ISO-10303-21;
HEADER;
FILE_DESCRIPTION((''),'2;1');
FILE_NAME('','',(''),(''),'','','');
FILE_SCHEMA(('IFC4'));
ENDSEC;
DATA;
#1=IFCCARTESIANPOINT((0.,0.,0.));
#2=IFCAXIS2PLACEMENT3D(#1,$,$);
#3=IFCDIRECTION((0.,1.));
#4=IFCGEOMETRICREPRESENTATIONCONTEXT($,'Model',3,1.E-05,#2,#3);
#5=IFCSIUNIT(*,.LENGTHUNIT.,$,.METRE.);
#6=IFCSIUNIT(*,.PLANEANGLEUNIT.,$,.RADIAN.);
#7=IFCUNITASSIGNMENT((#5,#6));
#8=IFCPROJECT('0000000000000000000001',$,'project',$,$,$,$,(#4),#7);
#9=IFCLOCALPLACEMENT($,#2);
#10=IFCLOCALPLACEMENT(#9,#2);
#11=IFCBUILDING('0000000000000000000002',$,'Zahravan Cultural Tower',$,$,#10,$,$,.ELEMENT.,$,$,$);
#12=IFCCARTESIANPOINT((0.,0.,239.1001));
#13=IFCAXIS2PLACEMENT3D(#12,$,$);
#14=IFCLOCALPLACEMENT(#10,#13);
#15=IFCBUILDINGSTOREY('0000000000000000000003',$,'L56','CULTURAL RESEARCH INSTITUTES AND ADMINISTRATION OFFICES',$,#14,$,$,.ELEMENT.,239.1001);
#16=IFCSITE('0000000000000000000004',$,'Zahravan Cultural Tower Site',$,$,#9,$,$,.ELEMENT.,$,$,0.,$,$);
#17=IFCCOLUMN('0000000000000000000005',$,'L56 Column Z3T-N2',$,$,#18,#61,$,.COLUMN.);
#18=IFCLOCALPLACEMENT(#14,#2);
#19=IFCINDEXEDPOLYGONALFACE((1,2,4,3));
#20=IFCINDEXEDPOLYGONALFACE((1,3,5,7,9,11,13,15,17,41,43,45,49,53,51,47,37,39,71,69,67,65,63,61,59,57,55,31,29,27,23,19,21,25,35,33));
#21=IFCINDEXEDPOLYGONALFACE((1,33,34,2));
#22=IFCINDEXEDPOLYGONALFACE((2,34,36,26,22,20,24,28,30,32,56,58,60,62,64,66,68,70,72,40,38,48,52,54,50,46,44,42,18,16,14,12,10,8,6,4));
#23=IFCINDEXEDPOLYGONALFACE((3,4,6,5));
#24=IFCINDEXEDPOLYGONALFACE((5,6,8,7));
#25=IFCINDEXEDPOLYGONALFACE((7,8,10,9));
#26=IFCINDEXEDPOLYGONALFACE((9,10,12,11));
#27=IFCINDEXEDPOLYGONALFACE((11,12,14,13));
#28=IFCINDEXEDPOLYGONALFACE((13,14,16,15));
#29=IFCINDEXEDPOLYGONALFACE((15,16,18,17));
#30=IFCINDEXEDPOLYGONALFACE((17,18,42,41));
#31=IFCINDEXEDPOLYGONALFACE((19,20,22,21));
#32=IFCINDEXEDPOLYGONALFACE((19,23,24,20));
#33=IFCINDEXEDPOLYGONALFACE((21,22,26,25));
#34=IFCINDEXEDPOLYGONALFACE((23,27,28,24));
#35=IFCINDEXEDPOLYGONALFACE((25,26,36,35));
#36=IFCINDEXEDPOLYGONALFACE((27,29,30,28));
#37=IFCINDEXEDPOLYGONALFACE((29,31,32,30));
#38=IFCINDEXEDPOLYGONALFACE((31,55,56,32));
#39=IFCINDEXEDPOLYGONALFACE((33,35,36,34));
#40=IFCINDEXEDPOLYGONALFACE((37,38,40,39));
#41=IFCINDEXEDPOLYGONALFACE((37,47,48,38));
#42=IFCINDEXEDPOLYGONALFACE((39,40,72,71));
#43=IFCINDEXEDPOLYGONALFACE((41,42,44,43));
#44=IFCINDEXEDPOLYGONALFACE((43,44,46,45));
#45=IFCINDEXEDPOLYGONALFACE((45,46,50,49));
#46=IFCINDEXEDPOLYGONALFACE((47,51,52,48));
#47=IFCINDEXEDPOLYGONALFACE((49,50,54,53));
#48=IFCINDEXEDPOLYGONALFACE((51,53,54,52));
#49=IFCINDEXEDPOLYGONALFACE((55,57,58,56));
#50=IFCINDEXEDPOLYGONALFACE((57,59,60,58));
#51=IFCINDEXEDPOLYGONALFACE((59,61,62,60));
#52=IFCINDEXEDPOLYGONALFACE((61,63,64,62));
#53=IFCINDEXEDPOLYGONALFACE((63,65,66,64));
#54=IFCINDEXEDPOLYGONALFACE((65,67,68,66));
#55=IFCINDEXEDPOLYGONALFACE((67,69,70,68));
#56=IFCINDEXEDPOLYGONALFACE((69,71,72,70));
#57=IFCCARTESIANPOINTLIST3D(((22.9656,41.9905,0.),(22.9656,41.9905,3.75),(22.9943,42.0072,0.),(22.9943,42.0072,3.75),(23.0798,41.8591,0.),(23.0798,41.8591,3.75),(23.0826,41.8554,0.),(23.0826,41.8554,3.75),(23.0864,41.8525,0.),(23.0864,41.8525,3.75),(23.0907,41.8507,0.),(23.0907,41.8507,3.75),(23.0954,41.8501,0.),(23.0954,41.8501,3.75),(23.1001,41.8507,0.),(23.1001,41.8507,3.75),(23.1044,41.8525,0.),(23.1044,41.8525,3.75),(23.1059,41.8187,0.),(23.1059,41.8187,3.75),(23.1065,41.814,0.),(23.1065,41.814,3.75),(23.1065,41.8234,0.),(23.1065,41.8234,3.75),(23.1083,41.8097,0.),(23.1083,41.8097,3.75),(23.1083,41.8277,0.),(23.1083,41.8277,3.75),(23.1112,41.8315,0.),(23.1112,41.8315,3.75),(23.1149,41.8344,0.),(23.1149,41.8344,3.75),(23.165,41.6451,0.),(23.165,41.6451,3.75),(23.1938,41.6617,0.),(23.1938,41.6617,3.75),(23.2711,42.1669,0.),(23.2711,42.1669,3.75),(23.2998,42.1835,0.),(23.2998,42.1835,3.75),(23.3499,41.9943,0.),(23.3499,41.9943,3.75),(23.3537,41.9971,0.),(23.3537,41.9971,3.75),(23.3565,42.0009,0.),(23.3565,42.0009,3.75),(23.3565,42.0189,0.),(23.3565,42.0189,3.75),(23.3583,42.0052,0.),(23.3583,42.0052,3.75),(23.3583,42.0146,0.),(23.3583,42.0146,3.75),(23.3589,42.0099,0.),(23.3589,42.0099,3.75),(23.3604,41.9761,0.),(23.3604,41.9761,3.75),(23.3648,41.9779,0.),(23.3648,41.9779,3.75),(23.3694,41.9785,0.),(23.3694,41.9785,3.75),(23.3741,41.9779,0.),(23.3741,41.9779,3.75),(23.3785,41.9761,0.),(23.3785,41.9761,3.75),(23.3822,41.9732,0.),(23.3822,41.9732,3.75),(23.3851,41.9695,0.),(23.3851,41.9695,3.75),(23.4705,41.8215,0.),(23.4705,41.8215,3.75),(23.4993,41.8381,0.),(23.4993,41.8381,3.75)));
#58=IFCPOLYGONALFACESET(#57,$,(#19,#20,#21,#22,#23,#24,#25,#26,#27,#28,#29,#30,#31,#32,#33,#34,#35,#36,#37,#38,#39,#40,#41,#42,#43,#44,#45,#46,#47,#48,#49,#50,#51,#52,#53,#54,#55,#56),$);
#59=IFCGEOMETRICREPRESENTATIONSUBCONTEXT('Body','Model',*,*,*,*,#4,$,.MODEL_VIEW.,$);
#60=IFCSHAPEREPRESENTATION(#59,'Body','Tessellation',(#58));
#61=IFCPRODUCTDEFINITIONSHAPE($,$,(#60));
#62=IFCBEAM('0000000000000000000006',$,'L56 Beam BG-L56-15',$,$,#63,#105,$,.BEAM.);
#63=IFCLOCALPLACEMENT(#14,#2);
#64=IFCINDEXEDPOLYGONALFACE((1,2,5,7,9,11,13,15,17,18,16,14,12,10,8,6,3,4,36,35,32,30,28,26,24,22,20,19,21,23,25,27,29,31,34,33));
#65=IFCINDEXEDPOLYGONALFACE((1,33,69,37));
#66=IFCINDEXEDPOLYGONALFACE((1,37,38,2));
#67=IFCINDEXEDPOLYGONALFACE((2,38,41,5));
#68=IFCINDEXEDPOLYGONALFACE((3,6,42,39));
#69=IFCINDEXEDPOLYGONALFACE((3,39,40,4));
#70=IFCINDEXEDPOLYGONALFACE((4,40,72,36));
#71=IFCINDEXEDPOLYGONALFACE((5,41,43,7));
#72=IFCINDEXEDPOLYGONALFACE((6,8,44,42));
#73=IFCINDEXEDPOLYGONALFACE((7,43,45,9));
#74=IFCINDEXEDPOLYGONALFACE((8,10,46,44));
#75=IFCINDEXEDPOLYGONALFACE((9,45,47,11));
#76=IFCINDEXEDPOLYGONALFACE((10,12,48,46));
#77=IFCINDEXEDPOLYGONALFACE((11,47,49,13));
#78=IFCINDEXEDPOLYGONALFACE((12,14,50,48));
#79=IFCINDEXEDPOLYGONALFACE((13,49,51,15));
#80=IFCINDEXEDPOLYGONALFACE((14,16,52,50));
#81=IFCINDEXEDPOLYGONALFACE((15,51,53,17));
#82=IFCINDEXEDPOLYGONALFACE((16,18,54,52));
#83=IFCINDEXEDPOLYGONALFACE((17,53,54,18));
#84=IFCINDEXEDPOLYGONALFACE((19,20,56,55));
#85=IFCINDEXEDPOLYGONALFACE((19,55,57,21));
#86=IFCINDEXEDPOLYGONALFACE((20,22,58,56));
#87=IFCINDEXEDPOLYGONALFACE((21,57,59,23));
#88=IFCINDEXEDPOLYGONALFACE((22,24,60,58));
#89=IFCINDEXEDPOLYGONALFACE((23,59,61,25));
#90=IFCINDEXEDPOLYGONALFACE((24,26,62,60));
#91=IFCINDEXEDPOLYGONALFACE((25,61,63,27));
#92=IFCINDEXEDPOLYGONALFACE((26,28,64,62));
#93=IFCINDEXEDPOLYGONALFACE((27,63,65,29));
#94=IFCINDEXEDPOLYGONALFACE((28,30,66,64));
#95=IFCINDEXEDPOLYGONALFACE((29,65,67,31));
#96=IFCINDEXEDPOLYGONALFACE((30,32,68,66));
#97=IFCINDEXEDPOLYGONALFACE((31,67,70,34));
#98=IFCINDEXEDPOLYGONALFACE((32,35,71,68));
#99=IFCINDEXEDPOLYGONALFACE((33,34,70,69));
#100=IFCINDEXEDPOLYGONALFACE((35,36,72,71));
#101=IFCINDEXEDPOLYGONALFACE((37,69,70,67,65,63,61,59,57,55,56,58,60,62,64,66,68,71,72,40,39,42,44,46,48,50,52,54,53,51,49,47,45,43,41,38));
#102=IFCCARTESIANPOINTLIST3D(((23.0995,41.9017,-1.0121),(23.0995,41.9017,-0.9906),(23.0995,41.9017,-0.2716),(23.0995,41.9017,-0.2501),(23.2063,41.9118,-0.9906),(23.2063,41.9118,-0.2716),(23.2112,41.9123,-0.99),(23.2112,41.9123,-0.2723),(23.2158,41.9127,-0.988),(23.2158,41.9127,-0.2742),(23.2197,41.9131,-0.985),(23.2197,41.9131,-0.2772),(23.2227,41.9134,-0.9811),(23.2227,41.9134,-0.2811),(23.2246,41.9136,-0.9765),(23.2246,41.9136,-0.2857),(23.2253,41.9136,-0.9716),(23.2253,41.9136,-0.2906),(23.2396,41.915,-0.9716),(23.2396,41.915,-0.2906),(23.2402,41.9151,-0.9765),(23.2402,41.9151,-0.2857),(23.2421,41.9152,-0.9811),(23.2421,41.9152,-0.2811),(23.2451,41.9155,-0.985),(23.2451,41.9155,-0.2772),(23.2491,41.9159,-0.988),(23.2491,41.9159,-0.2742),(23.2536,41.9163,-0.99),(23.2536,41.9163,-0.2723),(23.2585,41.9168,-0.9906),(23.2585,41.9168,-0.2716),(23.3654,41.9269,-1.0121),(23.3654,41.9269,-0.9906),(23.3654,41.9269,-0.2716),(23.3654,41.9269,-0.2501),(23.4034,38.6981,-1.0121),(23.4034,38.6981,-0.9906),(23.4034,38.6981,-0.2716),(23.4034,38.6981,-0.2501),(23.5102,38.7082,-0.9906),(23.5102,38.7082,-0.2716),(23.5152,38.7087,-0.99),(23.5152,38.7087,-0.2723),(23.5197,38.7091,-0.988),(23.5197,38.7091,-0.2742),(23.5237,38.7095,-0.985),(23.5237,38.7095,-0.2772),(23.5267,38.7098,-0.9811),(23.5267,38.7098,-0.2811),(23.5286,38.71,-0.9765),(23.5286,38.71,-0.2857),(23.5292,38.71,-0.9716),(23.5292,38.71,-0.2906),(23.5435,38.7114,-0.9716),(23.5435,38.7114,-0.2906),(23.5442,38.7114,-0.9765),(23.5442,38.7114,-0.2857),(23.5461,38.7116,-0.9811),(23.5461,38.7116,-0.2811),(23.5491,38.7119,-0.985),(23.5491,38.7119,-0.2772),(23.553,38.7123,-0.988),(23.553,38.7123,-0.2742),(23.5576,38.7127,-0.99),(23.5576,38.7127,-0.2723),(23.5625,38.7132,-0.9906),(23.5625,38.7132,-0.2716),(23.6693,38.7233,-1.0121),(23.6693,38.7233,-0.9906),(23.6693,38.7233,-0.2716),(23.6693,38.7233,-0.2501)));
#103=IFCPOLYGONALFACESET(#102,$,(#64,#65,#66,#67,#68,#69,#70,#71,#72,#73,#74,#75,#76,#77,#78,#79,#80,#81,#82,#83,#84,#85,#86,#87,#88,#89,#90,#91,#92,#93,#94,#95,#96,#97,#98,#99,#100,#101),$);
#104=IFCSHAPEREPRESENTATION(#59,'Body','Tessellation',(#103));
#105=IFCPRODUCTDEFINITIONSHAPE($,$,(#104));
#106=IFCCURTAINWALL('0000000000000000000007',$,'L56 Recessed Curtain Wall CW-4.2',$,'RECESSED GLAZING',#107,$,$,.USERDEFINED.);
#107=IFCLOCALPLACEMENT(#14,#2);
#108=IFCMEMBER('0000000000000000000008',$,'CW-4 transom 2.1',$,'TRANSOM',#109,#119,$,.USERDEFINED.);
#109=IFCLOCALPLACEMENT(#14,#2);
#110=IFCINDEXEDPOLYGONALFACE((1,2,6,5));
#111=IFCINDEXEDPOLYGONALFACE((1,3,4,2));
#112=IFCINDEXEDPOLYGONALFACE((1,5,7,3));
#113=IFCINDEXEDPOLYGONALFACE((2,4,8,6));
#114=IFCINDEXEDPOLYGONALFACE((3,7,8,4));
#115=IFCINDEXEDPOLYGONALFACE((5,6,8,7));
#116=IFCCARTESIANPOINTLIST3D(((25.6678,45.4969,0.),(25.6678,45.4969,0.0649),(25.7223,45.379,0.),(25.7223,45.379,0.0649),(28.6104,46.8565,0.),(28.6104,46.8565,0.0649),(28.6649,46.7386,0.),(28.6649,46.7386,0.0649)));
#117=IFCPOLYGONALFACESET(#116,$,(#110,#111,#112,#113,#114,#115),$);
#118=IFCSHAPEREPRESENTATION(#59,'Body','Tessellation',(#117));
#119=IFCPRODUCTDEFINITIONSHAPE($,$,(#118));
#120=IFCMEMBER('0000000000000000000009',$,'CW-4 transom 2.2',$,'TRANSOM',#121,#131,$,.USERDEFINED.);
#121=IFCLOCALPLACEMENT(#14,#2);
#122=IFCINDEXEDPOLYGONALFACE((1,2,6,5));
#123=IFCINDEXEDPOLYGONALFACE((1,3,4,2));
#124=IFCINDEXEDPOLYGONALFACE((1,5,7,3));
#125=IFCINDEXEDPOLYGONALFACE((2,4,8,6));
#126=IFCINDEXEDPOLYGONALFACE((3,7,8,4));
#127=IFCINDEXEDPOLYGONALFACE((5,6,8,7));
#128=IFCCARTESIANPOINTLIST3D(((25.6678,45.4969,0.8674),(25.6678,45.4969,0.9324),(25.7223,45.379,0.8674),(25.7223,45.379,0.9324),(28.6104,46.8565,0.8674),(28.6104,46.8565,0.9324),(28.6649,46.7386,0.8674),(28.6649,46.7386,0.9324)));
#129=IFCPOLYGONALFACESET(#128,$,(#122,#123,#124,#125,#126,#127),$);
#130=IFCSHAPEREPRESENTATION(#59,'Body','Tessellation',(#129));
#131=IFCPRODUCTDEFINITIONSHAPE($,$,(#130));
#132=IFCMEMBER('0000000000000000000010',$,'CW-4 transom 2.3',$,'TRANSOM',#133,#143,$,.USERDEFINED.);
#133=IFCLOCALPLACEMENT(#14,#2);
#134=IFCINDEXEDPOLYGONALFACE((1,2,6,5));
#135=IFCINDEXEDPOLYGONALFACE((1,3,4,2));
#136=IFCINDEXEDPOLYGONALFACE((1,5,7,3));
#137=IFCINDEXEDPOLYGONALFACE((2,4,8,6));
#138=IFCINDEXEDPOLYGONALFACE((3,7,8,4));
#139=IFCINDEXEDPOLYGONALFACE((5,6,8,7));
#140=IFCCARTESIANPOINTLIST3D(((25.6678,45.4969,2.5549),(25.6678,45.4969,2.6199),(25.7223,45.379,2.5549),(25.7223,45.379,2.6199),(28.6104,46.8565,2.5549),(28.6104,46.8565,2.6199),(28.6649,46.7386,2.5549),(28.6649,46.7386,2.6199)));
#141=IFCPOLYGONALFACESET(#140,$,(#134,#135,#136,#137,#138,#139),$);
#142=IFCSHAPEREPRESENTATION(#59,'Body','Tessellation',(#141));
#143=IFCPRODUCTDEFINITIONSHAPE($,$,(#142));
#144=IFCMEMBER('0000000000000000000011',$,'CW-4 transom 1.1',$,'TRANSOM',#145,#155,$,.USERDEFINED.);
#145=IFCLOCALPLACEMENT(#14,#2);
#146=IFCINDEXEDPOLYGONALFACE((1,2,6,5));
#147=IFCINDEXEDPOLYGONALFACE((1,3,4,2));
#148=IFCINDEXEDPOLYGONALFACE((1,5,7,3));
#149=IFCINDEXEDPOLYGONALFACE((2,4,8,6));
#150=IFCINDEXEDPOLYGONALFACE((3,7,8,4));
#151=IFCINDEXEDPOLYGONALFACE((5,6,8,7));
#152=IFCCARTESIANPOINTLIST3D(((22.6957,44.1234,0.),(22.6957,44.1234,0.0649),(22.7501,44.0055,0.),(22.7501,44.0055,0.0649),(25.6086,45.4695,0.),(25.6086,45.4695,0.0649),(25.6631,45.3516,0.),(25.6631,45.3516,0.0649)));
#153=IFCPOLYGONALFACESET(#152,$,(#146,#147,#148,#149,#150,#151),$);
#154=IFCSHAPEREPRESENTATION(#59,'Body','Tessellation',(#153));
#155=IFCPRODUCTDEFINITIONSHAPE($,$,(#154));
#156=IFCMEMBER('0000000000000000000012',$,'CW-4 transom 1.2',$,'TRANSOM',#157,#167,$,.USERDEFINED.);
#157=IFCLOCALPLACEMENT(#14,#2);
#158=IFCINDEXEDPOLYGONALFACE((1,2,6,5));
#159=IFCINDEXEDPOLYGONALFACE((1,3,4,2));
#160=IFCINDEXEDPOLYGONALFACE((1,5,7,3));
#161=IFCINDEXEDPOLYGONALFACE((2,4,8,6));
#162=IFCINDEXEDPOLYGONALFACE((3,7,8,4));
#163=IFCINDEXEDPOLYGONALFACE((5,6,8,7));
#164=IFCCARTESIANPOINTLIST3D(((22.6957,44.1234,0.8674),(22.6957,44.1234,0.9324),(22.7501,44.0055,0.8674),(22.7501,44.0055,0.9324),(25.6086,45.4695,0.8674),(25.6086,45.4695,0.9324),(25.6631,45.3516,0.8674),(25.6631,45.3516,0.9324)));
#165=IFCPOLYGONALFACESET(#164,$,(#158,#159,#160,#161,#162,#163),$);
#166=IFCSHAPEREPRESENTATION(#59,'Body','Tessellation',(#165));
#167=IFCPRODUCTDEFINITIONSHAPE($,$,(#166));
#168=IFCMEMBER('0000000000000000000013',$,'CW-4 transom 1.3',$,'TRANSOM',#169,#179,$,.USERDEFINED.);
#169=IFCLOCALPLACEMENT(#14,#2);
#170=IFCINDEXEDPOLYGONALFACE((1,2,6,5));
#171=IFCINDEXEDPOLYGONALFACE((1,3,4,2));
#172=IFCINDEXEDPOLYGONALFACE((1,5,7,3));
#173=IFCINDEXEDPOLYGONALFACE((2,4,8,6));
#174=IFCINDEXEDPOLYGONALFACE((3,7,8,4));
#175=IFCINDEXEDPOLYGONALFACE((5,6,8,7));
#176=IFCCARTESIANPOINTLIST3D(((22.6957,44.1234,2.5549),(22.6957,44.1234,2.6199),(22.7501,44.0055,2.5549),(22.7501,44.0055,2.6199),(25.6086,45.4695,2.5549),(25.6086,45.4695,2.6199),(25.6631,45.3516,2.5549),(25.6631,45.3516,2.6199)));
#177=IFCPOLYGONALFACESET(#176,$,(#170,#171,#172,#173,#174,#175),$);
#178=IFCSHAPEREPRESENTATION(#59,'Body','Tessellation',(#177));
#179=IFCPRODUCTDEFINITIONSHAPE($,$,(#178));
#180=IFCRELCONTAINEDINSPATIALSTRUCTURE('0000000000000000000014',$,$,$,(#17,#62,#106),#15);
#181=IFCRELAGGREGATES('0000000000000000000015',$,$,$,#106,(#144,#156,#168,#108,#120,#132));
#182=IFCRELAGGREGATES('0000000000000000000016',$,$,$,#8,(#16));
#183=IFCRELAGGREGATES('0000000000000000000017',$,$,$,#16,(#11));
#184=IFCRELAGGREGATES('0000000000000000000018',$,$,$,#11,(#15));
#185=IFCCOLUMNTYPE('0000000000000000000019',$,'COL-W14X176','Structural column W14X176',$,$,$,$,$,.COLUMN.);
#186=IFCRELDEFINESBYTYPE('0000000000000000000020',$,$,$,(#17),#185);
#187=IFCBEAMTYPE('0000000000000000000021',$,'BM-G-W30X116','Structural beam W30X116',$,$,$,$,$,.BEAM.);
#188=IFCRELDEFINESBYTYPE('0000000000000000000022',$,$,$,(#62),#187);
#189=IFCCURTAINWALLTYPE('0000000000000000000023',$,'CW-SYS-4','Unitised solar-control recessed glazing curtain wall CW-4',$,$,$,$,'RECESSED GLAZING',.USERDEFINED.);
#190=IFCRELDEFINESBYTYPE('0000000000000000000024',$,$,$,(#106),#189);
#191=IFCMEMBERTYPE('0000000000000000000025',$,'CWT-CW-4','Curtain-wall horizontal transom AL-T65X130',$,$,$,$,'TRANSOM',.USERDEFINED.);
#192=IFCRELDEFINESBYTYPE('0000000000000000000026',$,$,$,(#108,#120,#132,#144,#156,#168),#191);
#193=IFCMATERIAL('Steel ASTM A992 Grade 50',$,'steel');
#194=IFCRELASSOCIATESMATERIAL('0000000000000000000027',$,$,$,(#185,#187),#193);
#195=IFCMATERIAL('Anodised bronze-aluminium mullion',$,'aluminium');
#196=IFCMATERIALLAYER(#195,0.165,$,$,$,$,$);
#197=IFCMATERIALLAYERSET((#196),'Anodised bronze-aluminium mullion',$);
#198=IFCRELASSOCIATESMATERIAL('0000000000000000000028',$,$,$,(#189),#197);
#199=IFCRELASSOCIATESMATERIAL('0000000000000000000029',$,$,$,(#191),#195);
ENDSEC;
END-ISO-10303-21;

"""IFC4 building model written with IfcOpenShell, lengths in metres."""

from ifc_helpers import new_model, si_unit, direction, frame, origin, origin_2d, place, context, subcontext, project, spatial, rectangle, i_section, extrude, source, transform, mapped, material, layer, layer_set, material_profile, profile_set, type_object, element, aggregate, save


model = new_model("IFC4")

# Units and contexts
model_context = context("Model", 3, precision=1e-05, world=origin(), true_north=direction((0.0, 1.0)))
body_context = subcontext(model_context, "Body", "Model", "MODEL_VIEW")
ifc_project = project(units=[si_unit("LENGTHUNIT", "METRE"), si_unit("PLANEANGLEUNIT", "RADIAN")], contexts=[model_context])

# Site, building, storey
site_placement = place(None, origin())
site = spatial("IfcSite", under=ifc_project, at=site_placement, Name="Zahravan Cultural Tower Site", CompositionType="ELEMENT", RefElevation=0.0)
building_placement = place(site_placement, origin())
building = spatial("IfcBuilding", under=site, at=building_placement, Name="Zahravan Cultural Tower", CompositionType="ELEMENT")
storey_placement = place(building_placement, frame((0.0, 0.0, 239.1001)))
storey = spatial("IfcBuildingStorey", under=building, at=storey_placement, Name="L56", Description="CULTURAL RESEARCH INSTITUTES AND ADMINISTRATION OFFICES", CompositionType="ELEMENT", Elevation=239.1001)

# Column
ifc_material_1 = material(Name="Steel ASTM A992 Grade 50", Category="steel")
ifc_material_profile_1 = material_profile(ifc_material_1, i_section(OverallWidth=0.3989, OverallDepth=0.386, WebThickness=0.021, FlangeThickness=0.0332, FilletRadius=0.0181, at=origin_2d()), Name="W14X176")
ifc_profile_set_1 = profile_set([ifc_material_profile_1], Name="Steel ASTM A992 Grade 50")
column_type = type_object("IfcColumnType", Name="COL-W14X176", Description="Structural column W14X176", PredefinedType="COLUMN", material=ifc_profile_set_1)
shared_shape_1 = source(origin(), body_context, "Body", "SweptSolid", [
    extrude(i_section(OverallWidth=0.3989, OverallDepth=0.386, WebThickness=0.021, FlangeThickness=0.0332, FilletRadius=0.0181, at=origin_2d()), origin(), (0.0, 0.0, 1.0), 3.75),
])
column_placement = place(storey_placement, frame((23.2324, 41.9143, 0.0), z_axis=(0.0, 0.0, 1.0), x_axis=(-0.5, 0.866025, 0.0)))
element("IfcColumn", 1, at=column_placement, inside=storey, type_object=column_type, Name="L56 Column Z3T-N2", PredefinedType="COLUMN", context=body_context, shape_type="MappedRepresentation", body=[
    mapped(shared_shape_1, transform((0.0, 0.0, 0.0), x_axis=(1.0, 0.0, 0.0), y_axis=(0.0, 1.0, 0.0), z_axis=(0.0, 0.0, 1.0), scale=1.0)),
])

# Beam
ifc_material_profile_2 = material_profile(ifc_material_1, i_section(OverallWidth=0.2671, OverallDepth=0.762, WebThickness=0.0144, FlangeThickness=0.0215, FilletRadius=0.019, at=origin_2d()), Name="W30X116")
ifc_profile_set_2 = profile_set([ifc_material_profile_2], Name="Steel ASTM A992 Grade 50")
beam_type = type_object("IfcBeamType", Name="BM-G-W30X116", Description="Structural beam W30X116", PredefinedType="BEAM", material=ifc_profile_set_2)
shared_shape_2 = source(origin(), body_context, "Body", "SweptSolid", [
    extrude(i_section(OverallWidth=0.2671, OverallDepth=0.762, WebThickness=0.0144, FlangeThickness=0.0215, FilletRadius=0.019, at=origin_2d()), origin(), (0.0, 0.0, 1.0), 3.218),
])
beam_placement = place(storey_placement, frame((23.5364, 38.7107, -0.6311), z_axis=(-0.094455, 0.995529, 0.0), x_axis=(-0.995529, -0.094455, 0.0)))
element("IfcBeam", 2, at=beam_placement, inside=storey, type_object=beam_type, Name="L56 Beam BG-L56-15", PredefinedType="BEAM", context=body_context, shape_type="MappedRepresentation", body=[
    mapped(shared_shape_2, transform((0.0, 0.0, 0.0), x_axis=(1.0, 0.0, 0.0), y_axis=(0.0, 1.0, 0.0), z_axis=(0.0, 0.0, 1.0), scale=1.0)),
])

# Curtain wall, members
ifc_material_2 = material(Name="Anodised bronze-aluminium mullion", Category="aluminium")
ifc_layer_1 = layer(ifc_material_2, 0.165)
ifc_layer_set_1 = layer_set([ifc_layer_1], Name="Anodised bronze-aluminium mullion")
curtain_wall_type = type_object("IfcCurtainWallType", Name="CW-SYS-4", Description="Unitised solar-control recessed glazing curtain wall CW-4", ElementType="RECESSED GLAZING", PredefinedType="USERDEFINED", material=ifc_layer_set_1)
curtain_wall_placement = place(storey_placement, origin())
curtain_wall = element("IfcCurtainWall", 3, at=curtain_wall_placement, inside=storey, type_object=curtain_wall_type, Name="L56 Recessed Curtain Wall CW-4.2", ObjectType="RECESSED GLAZING", PredefinedType="USERDEFINED")
ifc_material_profile_3 = material_profile(ifc_material_2, rectangle(XDim=0.1299, YDim=0.0649, at=origin_2d()), Name="AL-T65X130")
ifc_profile_set_3 = profile_set([ifc_material_profile_3], Name="Anodised bronze-aluminium mullion")
member_type_1 = type_object("IfcMemberType", Name="CWT-CW-4", Description="Curtain-wall horizontal transom AL-T65X130", ElementType="TRANSOM", PredefinedType="USERDEFINED", material=ifc_profile_set_3)
shared_shape_3 = source(origin(), body_context, "Body", "SweptSolid", [
    extrude(rectangle(XDim=0.1299, YDim=0.0649, at=origin_2d()), origin(), (0.0, 0.0, 1.0), 3.2415),
])
member_1_placement = place(storey_placement, frame((25.6951, 45.438, 0.0325), z_axis=(0.907785, 0.419435, 0.0), x_axis=(-0.419435, 0.907785, 0.0)))
member_1 = element("IfcMember", 4, at=member_1_placement, type_object=member_type_1, Name="CW-4 transom 2.1", ObjectType="TRANSOM", PredefinedType="USERDEFINED", context=body_context, shape_type="MappedRepresentation", body=[
    mapped(shared_shape_3, transform((0.0, 0.0, 0.0), x_axis=(1.0, 0.0, 0.0), y_axis=(0.0, 1.0, 0.0), z_axis=(0.0, 0.0, 1.0), scale=1.0)),
])
member_2_placement = place(storey_placement, frame((25.6951, 45.438, 0.8999), z_axis=(0.907785, 0.419435, 0.0), x_axis=(-0.419435, 0.907785, 0.0)))
member_2 = element("IfcMember", 5, at=member_2_placement, type_object=member_type_1, Name="CW-4 transom 2.2", ObjectType="TRANSOM", PredefinedType="USERDEFINED", context=body_context, shape_type="MappedRepresentation", body=[
    mapped(shared_shape_3, transform((0.0, 0.0, 0.0), x_axis=(1.0, 0.0, 0.0), y_axis=(0.0, 1.0, 0.0), z_axis=(0.0, 0.0, 1.0), scale=1.0)),
])
member_3_placement = place(storey_placement, frame((25.6951, 45.438, 2.5874), z_axis=(0.907785, 0.419435, 0.0), x_axis=(-0.419435, 0.907785, 0.0)))
member_3 = element("IfcMember", 6, at=member_3_placement, type_object=member_type_1, Name="CW-4 transom 2.3", ObjectType="TRANSOM", PredefinedType="USERDEFINED", context=body_context, shape_type="MappedRepresentation", body=[
    mapped(shared_shape_3, transform((0.0, 0.0, 0.0), x_axis=(1.0, 0.0, 0.0), y_axis=(0.0, 1.0, 0.0), z_axis=(0.0, 0.0, 1.0), scale=1.0)),
])
shared_shape_4 = source(origin(), body_context, "Body", "SweptSolid", [
    extrude(rectangle(XDim=0.1299, YDim=0.0649, at=origin_2d()), origin(), (0.0, 0.0, 1.0), 3.209),
])
member_4_placement = place(storey_placement, frame((22.7229, 44.0645, 0.0325), z_axis=(0.907759, 0.419492, 0.0), x_axis=(-0.419492, 0.907759, 0.0)))
member_4 = element("IfcMember", 7, at=member_4_placement, type_object=member_type_1, Name="CW-4 transom 1.1", ObjectType="TRANSOM", PredefinedType="USERDEFINED", context=body_context, shape_type="MappedRepresentation", body=[
    mapped(shared_shape_4, transform((0.0, 0.0, 0.0), x_axis=(1.0, 0.0, 0.0), y_axis=(0.0, 1.0, 0.0), z_axis=(0.0, 0.0, 1.0), scale=1.0)),
])
member_5_placement = place(storey_placement, frame((22.7229, 44.0645, 0.8999), z_axis=(0.907759, 0.419492, 0.0), x_axis=(-0.419492, 0.907759, 0.0)))
member_5 = element("IfcMember", 8, at=member_5_placement, type_object=member_type_1, Name="CW-4 transom 1.2", ObjectType="TRANSOM", PredefinedType="USERDEFINED", context=body_context, shape_type="MappedRepresentation", body=[
    mapped(shared_shape_4, transform((0.0, 0.0, 0.0), x_axis=(1.0, 0.0, 0.0), y_axis=(0.0, 1.0, 0.0), z_axis=(0.0, 0.0, 1.0), scale=1.0)),
])
member_6_placement = place(storey_placement, frame((22.7229, 44.0645, 2.5874), z_axis=(0.907759, 0.419492, 0.0), x_axis=(-0.419492, 0.907759, 0.0)))
member_6 = element("IfcMember", 9, at=member_6_placement, type_object=member_type_1, Name="CW-4 transom 1.3", ObjectType="TRANSOM", PredefinedType="USERDEFINED", context=body_context, shape_type="MappedRepresentation", body=[
    mapped(shared_shape_4, transform((0.0, 0.0, 0.0), x_axis=(1.0, 0.0, 0.0), y_axis=(0.0, 1.0, 0.0), z_axis=(0.0, 0.0, 1.0), scale=1.0)),
])
aggregate(curtain_wall, [member_4, member_5, member_6, member_1, member_2, member_3])

save(model, "model.ifc")
